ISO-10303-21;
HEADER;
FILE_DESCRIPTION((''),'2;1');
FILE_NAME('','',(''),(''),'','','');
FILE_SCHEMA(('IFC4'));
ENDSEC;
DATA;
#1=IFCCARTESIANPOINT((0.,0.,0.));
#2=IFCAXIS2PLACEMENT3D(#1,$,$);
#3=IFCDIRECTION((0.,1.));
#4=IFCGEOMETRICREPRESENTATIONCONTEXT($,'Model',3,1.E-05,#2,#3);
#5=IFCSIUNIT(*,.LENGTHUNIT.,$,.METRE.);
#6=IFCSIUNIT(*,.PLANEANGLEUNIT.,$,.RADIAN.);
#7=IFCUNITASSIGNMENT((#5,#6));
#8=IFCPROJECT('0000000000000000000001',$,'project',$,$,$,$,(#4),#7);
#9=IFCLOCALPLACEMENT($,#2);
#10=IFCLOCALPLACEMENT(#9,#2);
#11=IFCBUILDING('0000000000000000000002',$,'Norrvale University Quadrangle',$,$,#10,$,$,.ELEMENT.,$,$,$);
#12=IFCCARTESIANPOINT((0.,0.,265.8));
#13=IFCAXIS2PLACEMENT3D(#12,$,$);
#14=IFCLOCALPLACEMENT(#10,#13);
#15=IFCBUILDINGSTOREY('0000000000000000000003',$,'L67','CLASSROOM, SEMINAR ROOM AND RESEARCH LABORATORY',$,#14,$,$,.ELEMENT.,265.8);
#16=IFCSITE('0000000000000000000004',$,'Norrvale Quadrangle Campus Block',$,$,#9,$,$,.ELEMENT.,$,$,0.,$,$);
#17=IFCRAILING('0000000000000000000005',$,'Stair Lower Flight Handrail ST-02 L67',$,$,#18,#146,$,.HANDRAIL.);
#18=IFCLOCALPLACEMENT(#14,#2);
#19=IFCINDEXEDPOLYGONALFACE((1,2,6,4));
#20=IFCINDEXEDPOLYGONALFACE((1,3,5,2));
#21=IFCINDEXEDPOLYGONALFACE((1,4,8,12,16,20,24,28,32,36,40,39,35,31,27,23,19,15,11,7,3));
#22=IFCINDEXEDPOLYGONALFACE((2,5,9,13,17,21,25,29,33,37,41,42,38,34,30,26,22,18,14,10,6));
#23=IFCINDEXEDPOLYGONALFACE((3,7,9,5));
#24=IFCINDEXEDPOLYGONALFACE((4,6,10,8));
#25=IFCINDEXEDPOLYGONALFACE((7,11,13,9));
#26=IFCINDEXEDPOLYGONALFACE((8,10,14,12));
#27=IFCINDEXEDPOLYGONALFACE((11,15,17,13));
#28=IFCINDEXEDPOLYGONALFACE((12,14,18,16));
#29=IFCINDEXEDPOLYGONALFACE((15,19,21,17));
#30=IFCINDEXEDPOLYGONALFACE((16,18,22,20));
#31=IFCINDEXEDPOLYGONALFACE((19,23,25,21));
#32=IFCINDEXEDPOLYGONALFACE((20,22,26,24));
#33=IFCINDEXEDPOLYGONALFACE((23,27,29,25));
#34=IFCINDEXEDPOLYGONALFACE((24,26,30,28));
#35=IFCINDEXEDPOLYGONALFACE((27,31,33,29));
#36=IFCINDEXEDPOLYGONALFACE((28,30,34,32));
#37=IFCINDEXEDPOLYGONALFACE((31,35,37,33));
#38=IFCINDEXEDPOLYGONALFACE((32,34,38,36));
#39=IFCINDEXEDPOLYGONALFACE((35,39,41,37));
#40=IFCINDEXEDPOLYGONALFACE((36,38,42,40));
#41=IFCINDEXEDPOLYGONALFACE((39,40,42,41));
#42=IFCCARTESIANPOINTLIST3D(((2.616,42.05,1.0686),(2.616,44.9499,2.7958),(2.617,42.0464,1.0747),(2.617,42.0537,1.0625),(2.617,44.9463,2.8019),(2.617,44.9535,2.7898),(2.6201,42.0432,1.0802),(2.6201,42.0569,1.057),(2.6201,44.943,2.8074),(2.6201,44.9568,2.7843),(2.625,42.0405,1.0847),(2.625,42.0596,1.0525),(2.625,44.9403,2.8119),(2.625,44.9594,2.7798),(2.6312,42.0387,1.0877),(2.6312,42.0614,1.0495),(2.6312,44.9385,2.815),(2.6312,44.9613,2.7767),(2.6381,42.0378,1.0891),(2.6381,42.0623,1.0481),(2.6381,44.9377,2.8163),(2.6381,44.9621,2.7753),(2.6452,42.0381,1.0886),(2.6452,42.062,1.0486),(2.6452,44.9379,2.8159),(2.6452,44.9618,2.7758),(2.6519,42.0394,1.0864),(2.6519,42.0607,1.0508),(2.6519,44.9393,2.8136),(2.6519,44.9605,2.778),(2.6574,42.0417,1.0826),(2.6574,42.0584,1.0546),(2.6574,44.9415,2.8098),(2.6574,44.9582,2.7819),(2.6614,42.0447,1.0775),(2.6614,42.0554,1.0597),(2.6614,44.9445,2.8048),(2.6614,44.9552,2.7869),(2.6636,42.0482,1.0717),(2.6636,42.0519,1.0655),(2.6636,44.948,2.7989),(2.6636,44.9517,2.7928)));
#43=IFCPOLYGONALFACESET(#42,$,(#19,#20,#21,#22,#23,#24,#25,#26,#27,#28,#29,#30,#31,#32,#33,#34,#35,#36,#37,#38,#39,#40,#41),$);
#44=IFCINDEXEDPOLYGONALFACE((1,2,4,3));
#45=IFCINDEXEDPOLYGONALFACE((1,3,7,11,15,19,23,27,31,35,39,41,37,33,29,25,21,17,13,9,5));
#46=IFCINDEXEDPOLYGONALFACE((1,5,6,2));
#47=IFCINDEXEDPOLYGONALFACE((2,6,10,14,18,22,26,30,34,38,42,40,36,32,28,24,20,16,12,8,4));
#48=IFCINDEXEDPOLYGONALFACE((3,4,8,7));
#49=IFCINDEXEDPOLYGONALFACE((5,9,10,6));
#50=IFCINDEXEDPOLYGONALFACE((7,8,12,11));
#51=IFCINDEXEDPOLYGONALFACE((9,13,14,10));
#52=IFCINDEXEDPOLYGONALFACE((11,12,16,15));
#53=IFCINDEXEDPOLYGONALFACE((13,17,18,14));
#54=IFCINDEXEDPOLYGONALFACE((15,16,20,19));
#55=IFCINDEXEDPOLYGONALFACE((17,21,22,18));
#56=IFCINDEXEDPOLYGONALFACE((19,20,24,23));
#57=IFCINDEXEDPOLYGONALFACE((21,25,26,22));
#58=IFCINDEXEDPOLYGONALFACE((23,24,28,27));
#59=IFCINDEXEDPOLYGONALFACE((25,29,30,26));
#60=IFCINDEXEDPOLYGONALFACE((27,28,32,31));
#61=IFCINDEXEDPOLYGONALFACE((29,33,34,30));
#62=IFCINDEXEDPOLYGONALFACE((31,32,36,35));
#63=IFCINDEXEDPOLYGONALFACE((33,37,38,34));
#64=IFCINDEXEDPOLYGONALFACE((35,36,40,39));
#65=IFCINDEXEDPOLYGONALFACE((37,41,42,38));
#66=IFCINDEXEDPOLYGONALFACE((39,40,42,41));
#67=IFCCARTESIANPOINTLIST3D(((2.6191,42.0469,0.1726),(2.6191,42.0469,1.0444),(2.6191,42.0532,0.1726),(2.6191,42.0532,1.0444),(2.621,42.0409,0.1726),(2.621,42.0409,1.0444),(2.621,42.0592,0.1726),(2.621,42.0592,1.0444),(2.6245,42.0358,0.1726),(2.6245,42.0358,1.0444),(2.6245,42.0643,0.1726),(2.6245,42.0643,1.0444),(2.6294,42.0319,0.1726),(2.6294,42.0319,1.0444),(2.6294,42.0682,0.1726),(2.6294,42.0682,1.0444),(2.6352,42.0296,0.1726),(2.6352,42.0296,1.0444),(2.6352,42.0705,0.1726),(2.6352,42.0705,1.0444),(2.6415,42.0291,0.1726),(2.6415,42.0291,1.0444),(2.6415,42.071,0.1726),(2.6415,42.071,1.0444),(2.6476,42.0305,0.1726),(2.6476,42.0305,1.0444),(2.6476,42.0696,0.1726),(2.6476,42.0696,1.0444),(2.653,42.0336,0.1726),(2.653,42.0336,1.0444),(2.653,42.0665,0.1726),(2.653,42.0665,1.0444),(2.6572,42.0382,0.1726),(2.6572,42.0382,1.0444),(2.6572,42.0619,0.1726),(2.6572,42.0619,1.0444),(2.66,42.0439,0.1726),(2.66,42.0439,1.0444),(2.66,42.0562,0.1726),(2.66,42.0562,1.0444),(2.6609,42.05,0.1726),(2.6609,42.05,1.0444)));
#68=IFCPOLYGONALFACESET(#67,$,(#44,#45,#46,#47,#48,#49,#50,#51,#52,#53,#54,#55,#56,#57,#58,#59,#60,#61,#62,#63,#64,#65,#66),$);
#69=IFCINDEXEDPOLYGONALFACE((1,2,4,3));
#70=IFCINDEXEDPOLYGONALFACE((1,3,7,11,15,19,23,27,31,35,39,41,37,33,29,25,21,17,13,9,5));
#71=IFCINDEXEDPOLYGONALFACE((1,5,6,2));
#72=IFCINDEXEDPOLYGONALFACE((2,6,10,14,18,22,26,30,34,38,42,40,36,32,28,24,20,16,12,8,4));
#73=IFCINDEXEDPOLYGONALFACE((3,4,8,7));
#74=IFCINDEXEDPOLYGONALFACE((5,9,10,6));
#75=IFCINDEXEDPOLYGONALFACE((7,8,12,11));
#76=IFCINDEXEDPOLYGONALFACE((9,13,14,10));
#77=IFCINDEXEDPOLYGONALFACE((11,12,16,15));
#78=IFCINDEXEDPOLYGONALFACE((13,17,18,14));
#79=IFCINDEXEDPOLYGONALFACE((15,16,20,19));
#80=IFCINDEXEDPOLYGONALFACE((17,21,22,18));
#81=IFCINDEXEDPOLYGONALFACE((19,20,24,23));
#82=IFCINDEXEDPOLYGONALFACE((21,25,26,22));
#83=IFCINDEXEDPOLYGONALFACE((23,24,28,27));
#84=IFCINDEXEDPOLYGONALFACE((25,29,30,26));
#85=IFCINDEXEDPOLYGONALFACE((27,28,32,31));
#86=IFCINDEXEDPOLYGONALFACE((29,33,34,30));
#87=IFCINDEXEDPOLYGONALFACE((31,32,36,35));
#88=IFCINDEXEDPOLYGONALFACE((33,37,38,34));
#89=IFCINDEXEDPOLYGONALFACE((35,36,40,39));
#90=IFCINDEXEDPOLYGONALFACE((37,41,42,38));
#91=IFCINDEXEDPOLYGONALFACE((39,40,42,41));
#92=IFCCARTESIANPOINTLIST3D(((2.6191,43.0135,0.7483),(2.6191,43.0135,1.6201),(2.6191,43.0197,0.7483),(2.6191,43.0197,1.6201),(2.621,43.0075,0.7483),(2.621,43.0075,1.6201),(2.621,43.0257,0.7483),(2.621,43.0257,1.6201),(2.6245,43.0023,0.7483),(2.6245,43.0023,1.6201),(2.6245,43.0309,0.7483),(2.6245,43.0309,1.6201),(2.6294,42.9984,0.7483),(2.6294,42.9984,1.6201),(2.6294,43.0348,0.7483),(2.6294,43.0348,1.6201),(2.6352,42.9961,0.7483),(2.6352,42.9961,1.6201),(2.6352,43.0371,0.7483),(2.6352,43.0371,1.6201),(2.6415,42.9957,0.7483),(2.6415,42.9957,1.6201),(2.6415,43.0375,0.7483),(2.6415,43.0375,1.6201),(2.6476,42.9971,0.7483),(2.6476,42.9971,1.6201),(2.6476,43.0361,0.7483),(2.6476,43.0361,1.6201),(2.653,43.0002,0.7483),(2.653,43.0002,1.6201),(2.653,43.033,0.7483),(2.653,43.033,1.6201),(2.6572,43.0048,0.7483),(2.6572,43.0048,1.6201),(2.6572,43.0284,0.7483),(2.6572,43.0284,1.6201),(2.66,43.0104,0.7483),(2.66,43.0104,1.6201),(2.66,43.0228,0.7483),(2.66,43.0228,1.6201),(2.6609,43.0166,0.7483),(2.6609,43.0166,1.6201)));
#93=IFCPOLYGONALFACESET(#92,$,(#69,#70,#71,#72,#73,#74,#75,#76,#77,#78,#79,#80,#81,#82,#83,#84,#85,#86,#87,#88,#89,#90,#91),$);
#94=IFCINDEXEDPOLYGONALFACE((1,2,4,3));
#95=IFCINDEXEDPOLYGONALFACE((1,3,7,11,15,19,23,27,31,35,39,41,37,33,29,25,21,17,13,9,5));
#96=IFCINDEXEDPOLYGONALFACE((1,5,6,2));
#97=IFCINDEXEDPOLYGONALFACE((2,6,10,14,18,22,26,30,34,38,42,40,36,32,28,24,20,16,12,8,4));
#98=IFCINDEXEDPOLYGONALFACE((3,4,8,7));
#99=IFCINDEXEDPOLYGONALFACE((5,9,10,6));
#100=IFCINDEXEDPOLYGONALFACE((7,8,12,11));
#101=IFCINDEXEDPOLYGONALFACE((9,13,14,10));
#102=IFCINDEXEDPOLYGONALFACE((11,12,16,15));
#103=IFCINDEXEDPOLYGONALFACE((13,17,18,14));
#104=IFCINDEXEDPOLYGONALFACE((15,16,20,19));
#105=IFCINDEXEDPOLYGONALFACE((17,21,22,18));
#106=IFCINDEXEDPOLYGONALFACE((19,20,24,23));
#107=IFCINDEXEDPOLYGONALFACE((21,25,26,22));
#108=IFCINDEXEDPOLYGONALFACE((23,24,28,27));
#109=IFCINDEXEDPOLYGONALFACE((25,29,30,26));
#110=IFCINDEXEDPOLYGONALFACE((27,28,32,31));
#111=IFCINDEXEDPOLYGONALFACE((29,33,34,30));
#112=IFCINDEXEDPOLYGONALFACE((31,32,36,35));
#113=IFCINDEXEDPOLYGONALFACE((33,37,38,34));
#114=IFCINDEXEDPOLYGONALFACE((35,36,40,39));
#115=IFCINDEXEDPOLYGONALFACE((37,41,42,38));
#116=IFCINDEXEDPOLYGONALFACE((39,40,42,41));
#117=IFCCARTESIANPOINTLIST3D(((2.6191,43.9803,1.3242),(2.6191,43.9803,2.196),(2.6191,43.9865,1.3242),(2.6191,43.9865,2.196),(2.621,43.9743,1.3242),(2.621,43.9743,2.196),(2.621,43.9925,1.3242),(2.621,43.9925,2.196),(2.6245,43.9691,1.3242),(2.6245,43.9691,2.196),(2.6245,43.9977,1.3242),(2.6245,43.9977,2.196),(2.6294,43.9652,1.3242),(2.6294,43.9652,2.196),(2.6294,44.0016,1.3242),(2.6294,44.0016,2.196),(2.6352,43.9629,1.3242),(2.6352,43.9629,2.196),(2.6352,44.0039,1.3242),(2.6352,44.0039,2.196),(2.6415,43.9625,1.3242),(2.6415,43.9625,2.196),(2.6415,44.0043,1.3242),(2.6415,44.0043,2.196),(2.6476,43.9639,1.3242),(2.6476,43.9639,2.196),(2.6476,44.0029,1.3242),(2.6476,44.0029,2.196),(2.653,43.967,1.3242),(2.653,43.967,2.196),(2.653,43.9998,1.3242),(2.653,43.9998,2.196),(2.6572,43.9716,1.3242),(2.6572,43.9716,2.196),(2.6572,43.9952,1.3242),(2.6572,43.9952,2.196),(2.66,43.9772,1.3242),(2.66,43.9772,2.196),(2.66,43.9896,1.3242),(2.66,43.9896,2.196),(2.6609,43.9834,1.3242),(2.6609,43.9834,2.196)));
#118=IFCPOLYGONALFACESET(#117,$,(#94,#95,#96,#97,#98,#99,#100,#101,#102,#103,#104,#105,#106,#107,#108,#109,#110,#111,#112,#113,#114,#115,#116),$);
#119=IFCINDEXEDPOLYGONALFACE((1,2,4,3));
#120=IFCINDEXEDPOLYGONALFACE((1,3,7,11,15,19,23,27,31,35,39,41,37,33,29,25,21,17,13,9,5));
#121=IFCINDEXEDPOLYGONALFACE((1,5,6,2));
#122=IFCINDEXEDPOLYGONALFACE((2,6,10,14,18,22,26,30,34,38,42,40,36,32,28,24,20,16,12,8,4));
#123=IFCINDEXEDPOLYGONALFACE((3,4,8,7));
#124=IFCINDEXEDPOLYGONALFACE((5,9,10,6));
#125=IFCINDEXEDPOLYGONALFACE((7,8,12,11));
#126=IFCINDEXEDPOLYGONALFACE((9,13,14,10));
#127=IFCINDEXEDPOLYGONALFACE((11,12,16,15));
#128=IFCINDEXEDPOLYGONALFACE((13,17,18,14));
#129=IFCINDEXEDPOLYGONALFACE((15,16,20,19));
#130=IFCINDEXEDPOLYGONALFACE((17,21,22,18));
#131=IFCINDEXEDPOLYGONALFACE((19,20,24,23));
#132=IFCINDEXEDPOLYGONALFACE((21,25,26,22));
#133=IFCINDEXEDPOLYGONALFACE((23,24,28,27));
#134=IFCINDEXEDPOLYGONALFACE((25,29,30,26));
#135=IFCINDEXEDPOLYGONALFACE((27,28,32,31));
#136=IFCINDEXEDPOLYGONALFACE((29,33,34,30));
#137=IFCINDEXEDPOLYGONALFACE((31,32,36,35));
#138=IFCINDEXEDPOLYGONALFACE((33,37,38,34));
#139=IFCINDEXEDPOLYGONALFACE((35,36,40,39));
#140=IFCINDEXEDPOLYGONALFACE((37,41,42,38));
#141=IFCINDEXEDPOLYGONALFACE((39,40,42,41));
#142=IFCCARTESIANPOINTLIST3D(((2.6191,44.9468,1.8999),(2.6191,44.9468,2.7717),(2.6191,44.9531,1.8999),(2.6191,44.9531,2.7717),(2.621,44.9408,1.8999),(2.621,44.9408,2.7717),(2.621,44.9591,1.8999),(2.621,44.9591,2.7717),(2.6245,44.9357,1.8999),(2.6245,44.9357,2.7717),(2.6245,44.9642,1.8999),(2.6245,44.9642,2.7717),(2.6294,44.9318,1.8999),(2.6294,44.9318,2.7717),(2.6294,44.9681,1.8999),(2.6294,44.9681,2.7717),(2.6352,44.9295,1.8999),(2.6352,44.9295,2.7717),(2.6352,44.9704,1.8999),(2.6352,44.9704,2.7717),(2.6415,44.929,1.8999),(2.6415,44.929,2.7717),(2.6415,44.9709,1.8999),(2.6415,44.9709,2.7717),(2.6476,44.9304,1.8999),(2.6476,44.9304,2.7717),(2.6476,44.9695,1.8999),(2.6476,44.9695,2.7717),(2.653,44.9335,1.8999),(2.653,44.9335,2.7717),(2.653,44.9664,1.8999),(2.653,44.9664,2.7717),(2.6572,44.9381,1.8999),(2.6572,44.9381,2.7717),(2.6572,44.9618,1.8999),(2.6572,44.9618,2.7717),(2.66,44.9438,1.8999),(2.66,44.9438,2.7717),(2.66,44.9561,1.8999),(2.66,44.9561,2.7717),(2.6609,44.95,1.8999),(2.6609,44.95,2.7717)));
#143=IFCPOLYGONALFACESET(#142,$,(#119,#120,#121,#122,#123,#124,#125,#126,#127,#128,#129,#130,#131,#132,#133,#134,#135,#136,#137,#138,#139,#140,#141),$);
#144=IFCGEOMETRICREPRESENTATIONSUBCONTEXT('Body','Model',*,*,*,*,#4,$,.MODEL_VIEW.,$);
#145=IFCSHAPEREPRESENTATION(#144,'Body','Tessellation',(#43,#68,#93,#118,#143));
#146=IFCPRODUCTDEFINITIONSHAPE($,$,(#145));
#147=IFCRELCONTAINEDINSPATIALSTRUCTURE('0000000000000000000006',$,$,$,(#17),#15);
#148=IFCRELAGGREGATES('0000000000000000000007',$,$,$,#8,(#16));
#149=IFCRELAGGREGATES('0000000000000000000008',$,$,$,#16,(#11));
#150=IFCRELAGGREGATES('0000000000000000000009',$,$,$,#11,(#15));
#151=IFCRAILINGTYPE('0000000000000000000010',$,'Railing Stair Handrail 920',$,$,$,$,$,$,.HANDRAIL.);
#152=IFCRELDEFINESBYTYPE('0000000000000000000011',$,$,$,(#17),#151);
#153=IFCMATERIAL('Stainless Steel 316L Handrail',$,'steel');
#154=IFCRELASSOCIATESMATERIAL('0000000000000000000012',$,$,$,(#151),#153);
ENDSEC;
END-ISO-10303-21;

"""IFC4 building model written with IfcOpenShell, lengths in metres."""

from ifc_helpers import new_model, si_unit, direction, frame, origin, origin_2d, place, context, subcontext, project, spatial, circle, extrude, material, type_object, element, save


model = new_model("IFC4")

# Units and contexts
model_context = context("Model", 3, precision=1e-05, world=origin(), true_north=direction((0.0, 1.0)))
body_context = subcontext(model_context, "Body", "Model", "MODEL_VIEW")
ifc_project = project(units=[si_unit("LENGTHUNIT", "METRE"), si_unit("PLANEANGLEUNIT", "RADIAN")], contexts=[model_context])

# Site, building, storey
site_placement = place(None, origin())
site = spatial("IfcSite", under=ifc_project, at=site_placement, Name="Norrvale Quadrangle Campus Block", CompositionType="ELEMENT", RefElevation=0.0)
building_placement = place(site_placement, origin())
building = spatial("IfcBuilding", under=site, at=building_placement, Name="Norrvale University Quadrangle", CompositionType="ELEMENT")
storey_placement = place(building_placement, frame((0.0, 0.0, 265.8)))
storey = spatial("IfcBuildingStorey", under=building, at=storey_placement, Name="L67", Description="CLASSROOM, SEMINAR ROOM AND RESEARCH LABORATORY", CompositionType="ELEMENT", Elevation=265.8)

# Railing
ifc_material_1 = material(Name="Stainless Steel 316L Handrail", Category="steel")
railing_type_1 = type_object("IfcRailingType", Name="Railing Stair Handrail 920", PredefinedType="HANDRAIL", material=ifc_material_1)
railing_1_placement = place(storey_placement, frame((2.6399, 42.05, 0.1726)))
element("IfcRailing", 1, at=railing_1_placement, inside=storey, type_object=railing_type_1, Name="Stair Lower Flight Handrail ST-02 L67", PredefinedType="HANDRAIL", context=body_context, shape_type="SweptSolid", body=[
    extrude(circle(Radius=0.0239, at=origin_2d()), frame((0.0, 0.0, 0.896), z_axis=(0.0, 0.859141, 0.511738), x_axis=(-1.0, 0.0, 0.0)), (0.0, 0.0, 1.0), 3.3752),
    extrude(circle(Radius=0.021, at=origin_2d()), origin(), (0.0, 0.0, 1.0), 0.8718),
    extrude(circle(Radius=0.021, at=origin_2d()), frame((0.0, 0.9666, 0.5757)), (0.0, 0.0, 1.0), 0.8718),
    extrude(circle(Radius=0.021, at=origin_2d()), frame((0.0, 1.9333, 1.1516)), (0.0, 0.0, 1.0), 0.8718),
    extrude(circle(Radius=0.021, at=origin_2d()), frame((0.0, 2.8999, 1.7273)), (0.0, 0.0, 1.0), 0.8718),
])

save(model, "model.ifc")
